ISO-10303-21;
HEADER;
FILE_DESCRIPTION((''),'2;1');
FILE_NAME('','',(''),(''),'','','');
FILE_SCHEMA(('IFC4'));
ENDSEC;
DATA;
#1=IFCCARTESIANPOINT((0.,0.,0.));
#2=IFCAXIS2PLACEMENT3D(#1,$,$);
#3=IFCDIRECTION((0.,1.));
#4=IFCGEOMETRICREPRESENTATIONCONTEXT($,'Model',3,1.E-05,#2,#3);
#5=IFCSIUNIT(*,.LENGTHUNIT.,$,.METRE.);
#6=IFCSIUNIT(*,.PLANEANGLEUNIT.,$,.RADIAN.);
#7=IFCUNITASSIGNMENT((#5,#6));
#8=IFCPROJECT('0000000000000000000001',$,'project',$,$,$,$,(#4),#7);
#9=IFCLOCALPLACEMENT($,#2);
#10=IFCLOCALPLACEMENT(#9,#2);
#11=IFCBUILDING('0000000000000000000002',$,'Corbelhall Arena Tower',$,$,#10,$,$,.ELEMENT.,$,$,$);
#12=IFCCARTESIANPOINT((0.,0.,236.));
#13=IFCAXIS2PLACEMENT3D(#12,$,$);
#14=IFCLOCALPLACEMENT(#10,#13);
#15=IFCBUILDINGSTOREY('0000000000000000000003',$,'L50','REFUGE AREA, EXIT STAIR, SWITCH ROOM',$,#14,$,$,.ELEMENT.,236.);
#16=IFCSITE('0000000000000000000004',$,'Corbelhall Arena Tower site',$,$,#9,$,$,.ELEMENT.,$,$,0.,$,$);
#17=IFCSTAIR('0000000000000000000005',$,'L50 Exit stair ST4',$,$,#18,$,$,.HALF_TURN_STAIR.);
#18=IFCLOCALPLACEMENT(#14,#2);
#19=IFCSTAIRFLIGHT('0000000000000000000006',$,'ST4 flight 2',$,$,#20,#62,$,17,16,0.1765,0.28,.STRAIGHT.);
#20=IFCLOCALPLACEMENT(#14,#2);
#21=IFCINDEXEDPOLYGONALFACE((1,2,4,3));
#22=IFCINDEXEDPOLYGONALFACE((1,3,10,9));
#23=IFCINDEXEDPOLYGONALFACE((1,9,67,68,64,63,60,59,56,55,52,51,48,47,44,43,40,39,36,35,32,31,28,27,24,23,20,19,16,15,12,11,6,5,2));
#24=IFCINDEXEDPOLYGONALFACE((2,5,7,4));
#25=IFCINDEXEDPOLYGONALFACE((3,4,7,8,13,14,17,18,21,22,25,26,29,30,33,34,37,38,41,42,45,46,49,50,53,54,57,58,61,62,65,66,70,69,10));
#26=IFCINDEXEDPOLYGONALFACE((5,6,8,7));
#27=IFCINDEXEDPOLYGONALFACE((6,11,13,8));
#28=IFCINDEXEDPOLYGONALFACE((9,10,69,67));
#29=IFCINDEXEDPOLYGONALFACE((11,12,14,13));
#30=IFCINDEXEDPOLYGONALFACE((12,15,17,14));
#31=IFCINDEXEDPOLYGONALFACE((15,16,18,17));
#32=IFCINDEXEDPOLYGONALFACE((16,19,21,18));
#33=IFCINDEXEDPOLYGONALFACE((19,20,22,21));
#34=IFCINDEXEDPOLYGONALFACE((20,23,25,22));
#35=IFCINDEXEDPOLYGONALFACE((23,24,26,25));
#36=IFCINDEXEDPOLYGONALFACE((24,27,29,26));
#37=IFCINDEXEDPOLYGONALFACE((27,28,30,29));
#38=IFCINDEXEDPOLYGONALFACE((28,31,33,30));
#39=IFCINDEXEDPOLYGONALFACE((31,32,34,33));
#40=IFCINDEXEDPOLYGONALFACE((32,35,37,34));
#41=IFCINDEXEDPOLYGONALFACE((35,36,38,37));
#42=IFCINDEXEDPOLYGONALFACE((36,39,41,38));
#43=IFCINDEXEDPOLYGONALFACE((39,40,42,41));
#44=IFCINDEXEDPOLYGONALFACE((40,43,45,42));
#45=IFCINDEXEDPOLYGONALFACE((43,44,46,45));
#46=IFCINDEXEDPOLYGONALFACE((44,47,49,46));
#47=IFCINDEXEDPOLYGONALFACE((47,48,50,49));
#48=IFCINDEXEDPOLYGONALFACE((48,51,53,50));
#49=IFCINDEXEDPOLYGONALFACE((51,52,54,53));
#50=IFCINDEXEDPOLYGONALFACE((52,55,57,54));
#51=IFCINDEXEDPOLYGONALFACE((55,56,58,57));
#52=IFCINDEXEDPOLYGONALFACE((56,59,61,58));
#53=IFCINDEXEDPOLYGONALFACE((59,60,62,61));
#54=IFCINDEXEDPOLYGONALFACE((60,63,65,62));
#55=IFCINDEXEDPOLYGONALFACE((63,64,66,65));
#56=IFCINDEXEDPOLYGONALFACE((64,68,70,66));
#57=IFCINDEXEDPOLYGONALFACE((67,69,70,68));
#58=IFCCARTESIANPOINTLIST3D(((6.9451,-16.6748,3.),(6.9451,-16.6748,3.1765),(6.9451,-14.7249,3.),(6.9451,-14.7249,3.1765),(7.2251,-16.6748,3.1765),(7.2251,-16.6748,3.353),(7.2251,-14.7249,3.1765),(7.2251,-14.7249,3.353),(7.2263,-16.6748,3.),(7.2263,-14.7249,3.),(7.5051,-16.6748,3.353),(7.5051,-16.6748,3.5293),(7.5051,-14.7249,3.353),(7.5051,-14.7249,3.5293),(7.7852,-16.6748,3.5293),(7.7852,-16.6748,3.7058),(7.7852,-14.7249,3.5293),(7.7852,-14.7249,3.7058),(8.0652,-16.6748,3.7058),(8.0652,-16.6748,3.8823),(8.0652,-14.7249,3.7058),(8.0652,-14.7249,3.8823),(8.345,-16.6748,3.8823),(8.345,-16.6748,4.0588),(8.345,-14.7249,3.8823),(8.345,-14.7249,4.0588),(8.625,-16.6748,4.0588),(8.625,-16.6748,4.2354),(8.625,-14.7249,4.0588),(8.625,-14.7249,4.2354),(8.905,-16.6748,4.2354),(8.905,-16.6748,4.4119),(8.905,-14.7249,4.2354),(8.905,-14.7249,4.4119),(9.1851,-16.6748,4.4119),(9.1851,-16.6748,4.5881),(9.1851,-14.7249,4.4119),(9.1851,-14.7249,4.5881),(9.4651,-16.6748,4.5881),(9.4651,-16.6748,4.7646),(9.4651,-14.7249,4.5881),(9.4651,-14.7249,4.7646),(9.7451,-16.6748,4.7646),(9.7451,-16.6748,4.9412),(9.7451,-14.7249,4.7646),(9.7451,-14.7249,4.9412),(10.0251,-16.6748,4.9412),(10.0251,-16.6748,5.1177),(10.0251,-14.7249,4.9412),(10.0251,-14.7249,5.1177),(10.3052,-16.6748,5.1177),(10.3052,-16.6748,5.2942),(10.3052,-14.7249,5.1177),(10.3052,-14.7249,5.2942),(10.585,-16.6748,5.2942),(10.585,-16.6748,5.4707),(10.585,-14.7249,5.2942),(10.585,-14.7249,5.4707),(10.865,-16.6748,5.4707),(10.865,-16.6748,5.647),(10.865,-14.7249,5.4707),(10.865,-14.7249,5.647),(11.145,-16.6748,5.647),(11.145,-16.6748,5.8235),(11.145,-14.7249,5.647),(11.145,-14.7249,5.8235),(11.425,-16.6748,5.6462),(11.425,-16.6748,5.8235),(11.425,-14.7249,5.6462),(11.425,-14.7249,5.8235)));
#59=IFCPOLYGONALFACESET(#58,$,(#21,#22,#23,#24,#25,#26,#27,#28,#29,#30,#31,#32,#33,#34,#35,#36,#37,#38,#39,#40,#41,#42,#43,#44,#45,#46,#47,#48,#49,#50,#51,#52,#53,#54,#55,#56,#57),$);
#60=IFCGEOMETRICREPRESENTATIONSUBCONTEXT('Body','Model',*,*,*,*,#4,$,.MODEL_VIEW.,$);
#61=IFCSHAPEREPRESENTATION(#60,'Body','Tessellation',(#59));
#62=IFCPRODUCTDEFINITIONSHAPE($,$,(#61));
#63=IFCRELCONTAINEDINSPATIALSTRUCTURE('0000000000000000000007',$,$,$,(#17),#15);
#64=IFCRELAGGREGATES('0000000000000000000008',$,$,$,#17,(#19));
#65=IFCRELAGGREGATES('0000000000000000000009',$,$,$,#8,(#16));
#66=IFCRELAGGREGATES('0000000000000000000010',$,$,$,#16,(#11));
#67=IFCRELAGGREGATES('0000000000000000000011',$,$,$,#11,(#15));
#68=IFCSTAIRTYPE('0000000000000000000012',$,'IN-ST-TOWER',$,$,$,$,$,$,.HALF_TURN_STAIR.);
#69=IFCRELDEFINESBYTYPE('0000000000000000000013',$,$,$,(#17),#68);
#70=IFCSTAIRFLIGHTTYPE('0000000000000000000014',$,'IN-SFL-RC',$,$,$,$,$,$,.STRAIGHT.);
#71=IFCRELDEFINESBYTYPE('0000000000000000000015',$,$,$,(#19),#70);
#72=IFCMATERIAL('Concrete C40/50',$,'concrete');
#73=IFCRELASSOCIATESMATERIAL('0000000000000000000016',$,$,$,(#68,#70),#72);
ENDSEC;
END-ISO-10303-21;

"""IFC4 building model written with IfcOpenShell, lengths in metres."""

from ifc_helpers import new_model, si_unit, direction, frame, origin, place, context, subcontext, project, spatial, polyline, outline, extrude, material, type_object, element, aggregate, save


model = new_model("IFC4")

# Units and contexts
model_context = context("Model", 3, precision=1e-05, world=origin(), true_north=direction((0.0, 1.0)))
body_context = subcontext(model_context, "Body", "Model", "MODEL_VIEW")
ifc_project = project(units=[si_unit("LENGTHUNIT", "METRE"), si_unit("PLANEANGLEUNIT", "RADIAN")], contexts=[model_context])

# Site, building, storey
site_placement = place(None, origin())
site = spatial("IfcSite", under=ifc_project, at=site_placement, Name="Corbelhall Arena Tower site", CompositionType="ELEMENT", RefElevation=0.0)
building_placement = place(site_placement, origin())
building = spatial("IfcBuilding", under=site, at=building_placement, Name="Corbelhall Arena Tower", CompositionType="ELEMENT")
storey_placement = place(building_placement, frame((0.0, 0.0, 236.0)))
storey = spatial("IfcBuildingStorey", under=building, at=storey_placement, Name="L50", Description="REFUGE AREA, EXIT STAIR, SWITCH ROOM", CompositionType="ELEMENT", Elevation=236.0)

# Shared definitions
ifc_material_1 = material(Name="Concrete C40/50", Category="concrete")

# Shared definitions
stair_type = type_object("IfcStairType", Name="IN-ST-TOWER", PredefinedType="HALF_TURN_STAIR", material=ifc_material_1)
stair_flight_type = type_object("IfcStairFlightType", Name="IN-SFL-RC", PredefinedType="STRAIGHT", material=ifc_material_1)

# Stair, stair flight
stair_1_placement = place(storey_placement, origin())
stair_1 = element("IfcStair", 1, at=stair_1_placement, inside=storey, type_object=stair_type, Name="L50 Exit stair ST4", PredefinedType="HALF_TURN_STAIR")
stair_flight_1_placement = place(storey_placement, frame((6.9451, -15.7, 3.0), z_axis=(0.0, 0.0, 1.0), x_axis=(1.0, 0.0, 0.0)))
stair_flight_1 = element("IfcStairFlight", 2, at=stair_flight_1_placement, type_object=stair_flight_type, Name="ST4 flight 2", NumberOfRisers=17, NumberOfTreads=16, PredefinedType="STRAIGHT", RiserHeight=0.1765, TreadLength=0.28, context=body_context, shape_type="SweptSolid", body=[
    extrude(outline(polyline([(0.0, 0.0), (0.0, 0.1765), (0.28, 0.1765), (0.28, 0.353), (0.5601, 0.353), (0.5601, 0.5293), (0.8401, 0.5293), (0.8401, 0.7058), (1.1201, 0.7058), (1.1201, 0.8823), (1.3999, 0.8823), (1.3999, 1.0588), (1.6799, 1.0588), (1.6799, 1.2354), (1.96, 1.2354), (1.96, 1.4119), (2.24, 1.4119), (2.24, 1.5881), (2.52, 1.5881), (2.52, 1.7646), (2.8, 1.7646), (2.8, 1.9412), (3.0801, 1.9412), (3.0801, 2.1177), (3.3601, 2.1177), (3.3601, 2.2942), (3.6399, 2.2942), (3.6399, 2.4707), (3.9199, 2.4707), (3.9199, 2.647), (4.2, 2.647), (4.2, 2.8235), (4.48, 2.8235), (4.48, 3.0), (4.48, 2.6462), (0.2812, 0.0), (0.0, 0.0)])), frame((0.0, 0.9751, 0.0), z_axis=(0.0, -1.0, 0.0), x_axis=(1.0, 0.0, 0.0)), (0.0, 0.0, 1.0), 1.95),
])
aggregate(stair_1, [stair_flight_1])

save(model, "model.ifc")
